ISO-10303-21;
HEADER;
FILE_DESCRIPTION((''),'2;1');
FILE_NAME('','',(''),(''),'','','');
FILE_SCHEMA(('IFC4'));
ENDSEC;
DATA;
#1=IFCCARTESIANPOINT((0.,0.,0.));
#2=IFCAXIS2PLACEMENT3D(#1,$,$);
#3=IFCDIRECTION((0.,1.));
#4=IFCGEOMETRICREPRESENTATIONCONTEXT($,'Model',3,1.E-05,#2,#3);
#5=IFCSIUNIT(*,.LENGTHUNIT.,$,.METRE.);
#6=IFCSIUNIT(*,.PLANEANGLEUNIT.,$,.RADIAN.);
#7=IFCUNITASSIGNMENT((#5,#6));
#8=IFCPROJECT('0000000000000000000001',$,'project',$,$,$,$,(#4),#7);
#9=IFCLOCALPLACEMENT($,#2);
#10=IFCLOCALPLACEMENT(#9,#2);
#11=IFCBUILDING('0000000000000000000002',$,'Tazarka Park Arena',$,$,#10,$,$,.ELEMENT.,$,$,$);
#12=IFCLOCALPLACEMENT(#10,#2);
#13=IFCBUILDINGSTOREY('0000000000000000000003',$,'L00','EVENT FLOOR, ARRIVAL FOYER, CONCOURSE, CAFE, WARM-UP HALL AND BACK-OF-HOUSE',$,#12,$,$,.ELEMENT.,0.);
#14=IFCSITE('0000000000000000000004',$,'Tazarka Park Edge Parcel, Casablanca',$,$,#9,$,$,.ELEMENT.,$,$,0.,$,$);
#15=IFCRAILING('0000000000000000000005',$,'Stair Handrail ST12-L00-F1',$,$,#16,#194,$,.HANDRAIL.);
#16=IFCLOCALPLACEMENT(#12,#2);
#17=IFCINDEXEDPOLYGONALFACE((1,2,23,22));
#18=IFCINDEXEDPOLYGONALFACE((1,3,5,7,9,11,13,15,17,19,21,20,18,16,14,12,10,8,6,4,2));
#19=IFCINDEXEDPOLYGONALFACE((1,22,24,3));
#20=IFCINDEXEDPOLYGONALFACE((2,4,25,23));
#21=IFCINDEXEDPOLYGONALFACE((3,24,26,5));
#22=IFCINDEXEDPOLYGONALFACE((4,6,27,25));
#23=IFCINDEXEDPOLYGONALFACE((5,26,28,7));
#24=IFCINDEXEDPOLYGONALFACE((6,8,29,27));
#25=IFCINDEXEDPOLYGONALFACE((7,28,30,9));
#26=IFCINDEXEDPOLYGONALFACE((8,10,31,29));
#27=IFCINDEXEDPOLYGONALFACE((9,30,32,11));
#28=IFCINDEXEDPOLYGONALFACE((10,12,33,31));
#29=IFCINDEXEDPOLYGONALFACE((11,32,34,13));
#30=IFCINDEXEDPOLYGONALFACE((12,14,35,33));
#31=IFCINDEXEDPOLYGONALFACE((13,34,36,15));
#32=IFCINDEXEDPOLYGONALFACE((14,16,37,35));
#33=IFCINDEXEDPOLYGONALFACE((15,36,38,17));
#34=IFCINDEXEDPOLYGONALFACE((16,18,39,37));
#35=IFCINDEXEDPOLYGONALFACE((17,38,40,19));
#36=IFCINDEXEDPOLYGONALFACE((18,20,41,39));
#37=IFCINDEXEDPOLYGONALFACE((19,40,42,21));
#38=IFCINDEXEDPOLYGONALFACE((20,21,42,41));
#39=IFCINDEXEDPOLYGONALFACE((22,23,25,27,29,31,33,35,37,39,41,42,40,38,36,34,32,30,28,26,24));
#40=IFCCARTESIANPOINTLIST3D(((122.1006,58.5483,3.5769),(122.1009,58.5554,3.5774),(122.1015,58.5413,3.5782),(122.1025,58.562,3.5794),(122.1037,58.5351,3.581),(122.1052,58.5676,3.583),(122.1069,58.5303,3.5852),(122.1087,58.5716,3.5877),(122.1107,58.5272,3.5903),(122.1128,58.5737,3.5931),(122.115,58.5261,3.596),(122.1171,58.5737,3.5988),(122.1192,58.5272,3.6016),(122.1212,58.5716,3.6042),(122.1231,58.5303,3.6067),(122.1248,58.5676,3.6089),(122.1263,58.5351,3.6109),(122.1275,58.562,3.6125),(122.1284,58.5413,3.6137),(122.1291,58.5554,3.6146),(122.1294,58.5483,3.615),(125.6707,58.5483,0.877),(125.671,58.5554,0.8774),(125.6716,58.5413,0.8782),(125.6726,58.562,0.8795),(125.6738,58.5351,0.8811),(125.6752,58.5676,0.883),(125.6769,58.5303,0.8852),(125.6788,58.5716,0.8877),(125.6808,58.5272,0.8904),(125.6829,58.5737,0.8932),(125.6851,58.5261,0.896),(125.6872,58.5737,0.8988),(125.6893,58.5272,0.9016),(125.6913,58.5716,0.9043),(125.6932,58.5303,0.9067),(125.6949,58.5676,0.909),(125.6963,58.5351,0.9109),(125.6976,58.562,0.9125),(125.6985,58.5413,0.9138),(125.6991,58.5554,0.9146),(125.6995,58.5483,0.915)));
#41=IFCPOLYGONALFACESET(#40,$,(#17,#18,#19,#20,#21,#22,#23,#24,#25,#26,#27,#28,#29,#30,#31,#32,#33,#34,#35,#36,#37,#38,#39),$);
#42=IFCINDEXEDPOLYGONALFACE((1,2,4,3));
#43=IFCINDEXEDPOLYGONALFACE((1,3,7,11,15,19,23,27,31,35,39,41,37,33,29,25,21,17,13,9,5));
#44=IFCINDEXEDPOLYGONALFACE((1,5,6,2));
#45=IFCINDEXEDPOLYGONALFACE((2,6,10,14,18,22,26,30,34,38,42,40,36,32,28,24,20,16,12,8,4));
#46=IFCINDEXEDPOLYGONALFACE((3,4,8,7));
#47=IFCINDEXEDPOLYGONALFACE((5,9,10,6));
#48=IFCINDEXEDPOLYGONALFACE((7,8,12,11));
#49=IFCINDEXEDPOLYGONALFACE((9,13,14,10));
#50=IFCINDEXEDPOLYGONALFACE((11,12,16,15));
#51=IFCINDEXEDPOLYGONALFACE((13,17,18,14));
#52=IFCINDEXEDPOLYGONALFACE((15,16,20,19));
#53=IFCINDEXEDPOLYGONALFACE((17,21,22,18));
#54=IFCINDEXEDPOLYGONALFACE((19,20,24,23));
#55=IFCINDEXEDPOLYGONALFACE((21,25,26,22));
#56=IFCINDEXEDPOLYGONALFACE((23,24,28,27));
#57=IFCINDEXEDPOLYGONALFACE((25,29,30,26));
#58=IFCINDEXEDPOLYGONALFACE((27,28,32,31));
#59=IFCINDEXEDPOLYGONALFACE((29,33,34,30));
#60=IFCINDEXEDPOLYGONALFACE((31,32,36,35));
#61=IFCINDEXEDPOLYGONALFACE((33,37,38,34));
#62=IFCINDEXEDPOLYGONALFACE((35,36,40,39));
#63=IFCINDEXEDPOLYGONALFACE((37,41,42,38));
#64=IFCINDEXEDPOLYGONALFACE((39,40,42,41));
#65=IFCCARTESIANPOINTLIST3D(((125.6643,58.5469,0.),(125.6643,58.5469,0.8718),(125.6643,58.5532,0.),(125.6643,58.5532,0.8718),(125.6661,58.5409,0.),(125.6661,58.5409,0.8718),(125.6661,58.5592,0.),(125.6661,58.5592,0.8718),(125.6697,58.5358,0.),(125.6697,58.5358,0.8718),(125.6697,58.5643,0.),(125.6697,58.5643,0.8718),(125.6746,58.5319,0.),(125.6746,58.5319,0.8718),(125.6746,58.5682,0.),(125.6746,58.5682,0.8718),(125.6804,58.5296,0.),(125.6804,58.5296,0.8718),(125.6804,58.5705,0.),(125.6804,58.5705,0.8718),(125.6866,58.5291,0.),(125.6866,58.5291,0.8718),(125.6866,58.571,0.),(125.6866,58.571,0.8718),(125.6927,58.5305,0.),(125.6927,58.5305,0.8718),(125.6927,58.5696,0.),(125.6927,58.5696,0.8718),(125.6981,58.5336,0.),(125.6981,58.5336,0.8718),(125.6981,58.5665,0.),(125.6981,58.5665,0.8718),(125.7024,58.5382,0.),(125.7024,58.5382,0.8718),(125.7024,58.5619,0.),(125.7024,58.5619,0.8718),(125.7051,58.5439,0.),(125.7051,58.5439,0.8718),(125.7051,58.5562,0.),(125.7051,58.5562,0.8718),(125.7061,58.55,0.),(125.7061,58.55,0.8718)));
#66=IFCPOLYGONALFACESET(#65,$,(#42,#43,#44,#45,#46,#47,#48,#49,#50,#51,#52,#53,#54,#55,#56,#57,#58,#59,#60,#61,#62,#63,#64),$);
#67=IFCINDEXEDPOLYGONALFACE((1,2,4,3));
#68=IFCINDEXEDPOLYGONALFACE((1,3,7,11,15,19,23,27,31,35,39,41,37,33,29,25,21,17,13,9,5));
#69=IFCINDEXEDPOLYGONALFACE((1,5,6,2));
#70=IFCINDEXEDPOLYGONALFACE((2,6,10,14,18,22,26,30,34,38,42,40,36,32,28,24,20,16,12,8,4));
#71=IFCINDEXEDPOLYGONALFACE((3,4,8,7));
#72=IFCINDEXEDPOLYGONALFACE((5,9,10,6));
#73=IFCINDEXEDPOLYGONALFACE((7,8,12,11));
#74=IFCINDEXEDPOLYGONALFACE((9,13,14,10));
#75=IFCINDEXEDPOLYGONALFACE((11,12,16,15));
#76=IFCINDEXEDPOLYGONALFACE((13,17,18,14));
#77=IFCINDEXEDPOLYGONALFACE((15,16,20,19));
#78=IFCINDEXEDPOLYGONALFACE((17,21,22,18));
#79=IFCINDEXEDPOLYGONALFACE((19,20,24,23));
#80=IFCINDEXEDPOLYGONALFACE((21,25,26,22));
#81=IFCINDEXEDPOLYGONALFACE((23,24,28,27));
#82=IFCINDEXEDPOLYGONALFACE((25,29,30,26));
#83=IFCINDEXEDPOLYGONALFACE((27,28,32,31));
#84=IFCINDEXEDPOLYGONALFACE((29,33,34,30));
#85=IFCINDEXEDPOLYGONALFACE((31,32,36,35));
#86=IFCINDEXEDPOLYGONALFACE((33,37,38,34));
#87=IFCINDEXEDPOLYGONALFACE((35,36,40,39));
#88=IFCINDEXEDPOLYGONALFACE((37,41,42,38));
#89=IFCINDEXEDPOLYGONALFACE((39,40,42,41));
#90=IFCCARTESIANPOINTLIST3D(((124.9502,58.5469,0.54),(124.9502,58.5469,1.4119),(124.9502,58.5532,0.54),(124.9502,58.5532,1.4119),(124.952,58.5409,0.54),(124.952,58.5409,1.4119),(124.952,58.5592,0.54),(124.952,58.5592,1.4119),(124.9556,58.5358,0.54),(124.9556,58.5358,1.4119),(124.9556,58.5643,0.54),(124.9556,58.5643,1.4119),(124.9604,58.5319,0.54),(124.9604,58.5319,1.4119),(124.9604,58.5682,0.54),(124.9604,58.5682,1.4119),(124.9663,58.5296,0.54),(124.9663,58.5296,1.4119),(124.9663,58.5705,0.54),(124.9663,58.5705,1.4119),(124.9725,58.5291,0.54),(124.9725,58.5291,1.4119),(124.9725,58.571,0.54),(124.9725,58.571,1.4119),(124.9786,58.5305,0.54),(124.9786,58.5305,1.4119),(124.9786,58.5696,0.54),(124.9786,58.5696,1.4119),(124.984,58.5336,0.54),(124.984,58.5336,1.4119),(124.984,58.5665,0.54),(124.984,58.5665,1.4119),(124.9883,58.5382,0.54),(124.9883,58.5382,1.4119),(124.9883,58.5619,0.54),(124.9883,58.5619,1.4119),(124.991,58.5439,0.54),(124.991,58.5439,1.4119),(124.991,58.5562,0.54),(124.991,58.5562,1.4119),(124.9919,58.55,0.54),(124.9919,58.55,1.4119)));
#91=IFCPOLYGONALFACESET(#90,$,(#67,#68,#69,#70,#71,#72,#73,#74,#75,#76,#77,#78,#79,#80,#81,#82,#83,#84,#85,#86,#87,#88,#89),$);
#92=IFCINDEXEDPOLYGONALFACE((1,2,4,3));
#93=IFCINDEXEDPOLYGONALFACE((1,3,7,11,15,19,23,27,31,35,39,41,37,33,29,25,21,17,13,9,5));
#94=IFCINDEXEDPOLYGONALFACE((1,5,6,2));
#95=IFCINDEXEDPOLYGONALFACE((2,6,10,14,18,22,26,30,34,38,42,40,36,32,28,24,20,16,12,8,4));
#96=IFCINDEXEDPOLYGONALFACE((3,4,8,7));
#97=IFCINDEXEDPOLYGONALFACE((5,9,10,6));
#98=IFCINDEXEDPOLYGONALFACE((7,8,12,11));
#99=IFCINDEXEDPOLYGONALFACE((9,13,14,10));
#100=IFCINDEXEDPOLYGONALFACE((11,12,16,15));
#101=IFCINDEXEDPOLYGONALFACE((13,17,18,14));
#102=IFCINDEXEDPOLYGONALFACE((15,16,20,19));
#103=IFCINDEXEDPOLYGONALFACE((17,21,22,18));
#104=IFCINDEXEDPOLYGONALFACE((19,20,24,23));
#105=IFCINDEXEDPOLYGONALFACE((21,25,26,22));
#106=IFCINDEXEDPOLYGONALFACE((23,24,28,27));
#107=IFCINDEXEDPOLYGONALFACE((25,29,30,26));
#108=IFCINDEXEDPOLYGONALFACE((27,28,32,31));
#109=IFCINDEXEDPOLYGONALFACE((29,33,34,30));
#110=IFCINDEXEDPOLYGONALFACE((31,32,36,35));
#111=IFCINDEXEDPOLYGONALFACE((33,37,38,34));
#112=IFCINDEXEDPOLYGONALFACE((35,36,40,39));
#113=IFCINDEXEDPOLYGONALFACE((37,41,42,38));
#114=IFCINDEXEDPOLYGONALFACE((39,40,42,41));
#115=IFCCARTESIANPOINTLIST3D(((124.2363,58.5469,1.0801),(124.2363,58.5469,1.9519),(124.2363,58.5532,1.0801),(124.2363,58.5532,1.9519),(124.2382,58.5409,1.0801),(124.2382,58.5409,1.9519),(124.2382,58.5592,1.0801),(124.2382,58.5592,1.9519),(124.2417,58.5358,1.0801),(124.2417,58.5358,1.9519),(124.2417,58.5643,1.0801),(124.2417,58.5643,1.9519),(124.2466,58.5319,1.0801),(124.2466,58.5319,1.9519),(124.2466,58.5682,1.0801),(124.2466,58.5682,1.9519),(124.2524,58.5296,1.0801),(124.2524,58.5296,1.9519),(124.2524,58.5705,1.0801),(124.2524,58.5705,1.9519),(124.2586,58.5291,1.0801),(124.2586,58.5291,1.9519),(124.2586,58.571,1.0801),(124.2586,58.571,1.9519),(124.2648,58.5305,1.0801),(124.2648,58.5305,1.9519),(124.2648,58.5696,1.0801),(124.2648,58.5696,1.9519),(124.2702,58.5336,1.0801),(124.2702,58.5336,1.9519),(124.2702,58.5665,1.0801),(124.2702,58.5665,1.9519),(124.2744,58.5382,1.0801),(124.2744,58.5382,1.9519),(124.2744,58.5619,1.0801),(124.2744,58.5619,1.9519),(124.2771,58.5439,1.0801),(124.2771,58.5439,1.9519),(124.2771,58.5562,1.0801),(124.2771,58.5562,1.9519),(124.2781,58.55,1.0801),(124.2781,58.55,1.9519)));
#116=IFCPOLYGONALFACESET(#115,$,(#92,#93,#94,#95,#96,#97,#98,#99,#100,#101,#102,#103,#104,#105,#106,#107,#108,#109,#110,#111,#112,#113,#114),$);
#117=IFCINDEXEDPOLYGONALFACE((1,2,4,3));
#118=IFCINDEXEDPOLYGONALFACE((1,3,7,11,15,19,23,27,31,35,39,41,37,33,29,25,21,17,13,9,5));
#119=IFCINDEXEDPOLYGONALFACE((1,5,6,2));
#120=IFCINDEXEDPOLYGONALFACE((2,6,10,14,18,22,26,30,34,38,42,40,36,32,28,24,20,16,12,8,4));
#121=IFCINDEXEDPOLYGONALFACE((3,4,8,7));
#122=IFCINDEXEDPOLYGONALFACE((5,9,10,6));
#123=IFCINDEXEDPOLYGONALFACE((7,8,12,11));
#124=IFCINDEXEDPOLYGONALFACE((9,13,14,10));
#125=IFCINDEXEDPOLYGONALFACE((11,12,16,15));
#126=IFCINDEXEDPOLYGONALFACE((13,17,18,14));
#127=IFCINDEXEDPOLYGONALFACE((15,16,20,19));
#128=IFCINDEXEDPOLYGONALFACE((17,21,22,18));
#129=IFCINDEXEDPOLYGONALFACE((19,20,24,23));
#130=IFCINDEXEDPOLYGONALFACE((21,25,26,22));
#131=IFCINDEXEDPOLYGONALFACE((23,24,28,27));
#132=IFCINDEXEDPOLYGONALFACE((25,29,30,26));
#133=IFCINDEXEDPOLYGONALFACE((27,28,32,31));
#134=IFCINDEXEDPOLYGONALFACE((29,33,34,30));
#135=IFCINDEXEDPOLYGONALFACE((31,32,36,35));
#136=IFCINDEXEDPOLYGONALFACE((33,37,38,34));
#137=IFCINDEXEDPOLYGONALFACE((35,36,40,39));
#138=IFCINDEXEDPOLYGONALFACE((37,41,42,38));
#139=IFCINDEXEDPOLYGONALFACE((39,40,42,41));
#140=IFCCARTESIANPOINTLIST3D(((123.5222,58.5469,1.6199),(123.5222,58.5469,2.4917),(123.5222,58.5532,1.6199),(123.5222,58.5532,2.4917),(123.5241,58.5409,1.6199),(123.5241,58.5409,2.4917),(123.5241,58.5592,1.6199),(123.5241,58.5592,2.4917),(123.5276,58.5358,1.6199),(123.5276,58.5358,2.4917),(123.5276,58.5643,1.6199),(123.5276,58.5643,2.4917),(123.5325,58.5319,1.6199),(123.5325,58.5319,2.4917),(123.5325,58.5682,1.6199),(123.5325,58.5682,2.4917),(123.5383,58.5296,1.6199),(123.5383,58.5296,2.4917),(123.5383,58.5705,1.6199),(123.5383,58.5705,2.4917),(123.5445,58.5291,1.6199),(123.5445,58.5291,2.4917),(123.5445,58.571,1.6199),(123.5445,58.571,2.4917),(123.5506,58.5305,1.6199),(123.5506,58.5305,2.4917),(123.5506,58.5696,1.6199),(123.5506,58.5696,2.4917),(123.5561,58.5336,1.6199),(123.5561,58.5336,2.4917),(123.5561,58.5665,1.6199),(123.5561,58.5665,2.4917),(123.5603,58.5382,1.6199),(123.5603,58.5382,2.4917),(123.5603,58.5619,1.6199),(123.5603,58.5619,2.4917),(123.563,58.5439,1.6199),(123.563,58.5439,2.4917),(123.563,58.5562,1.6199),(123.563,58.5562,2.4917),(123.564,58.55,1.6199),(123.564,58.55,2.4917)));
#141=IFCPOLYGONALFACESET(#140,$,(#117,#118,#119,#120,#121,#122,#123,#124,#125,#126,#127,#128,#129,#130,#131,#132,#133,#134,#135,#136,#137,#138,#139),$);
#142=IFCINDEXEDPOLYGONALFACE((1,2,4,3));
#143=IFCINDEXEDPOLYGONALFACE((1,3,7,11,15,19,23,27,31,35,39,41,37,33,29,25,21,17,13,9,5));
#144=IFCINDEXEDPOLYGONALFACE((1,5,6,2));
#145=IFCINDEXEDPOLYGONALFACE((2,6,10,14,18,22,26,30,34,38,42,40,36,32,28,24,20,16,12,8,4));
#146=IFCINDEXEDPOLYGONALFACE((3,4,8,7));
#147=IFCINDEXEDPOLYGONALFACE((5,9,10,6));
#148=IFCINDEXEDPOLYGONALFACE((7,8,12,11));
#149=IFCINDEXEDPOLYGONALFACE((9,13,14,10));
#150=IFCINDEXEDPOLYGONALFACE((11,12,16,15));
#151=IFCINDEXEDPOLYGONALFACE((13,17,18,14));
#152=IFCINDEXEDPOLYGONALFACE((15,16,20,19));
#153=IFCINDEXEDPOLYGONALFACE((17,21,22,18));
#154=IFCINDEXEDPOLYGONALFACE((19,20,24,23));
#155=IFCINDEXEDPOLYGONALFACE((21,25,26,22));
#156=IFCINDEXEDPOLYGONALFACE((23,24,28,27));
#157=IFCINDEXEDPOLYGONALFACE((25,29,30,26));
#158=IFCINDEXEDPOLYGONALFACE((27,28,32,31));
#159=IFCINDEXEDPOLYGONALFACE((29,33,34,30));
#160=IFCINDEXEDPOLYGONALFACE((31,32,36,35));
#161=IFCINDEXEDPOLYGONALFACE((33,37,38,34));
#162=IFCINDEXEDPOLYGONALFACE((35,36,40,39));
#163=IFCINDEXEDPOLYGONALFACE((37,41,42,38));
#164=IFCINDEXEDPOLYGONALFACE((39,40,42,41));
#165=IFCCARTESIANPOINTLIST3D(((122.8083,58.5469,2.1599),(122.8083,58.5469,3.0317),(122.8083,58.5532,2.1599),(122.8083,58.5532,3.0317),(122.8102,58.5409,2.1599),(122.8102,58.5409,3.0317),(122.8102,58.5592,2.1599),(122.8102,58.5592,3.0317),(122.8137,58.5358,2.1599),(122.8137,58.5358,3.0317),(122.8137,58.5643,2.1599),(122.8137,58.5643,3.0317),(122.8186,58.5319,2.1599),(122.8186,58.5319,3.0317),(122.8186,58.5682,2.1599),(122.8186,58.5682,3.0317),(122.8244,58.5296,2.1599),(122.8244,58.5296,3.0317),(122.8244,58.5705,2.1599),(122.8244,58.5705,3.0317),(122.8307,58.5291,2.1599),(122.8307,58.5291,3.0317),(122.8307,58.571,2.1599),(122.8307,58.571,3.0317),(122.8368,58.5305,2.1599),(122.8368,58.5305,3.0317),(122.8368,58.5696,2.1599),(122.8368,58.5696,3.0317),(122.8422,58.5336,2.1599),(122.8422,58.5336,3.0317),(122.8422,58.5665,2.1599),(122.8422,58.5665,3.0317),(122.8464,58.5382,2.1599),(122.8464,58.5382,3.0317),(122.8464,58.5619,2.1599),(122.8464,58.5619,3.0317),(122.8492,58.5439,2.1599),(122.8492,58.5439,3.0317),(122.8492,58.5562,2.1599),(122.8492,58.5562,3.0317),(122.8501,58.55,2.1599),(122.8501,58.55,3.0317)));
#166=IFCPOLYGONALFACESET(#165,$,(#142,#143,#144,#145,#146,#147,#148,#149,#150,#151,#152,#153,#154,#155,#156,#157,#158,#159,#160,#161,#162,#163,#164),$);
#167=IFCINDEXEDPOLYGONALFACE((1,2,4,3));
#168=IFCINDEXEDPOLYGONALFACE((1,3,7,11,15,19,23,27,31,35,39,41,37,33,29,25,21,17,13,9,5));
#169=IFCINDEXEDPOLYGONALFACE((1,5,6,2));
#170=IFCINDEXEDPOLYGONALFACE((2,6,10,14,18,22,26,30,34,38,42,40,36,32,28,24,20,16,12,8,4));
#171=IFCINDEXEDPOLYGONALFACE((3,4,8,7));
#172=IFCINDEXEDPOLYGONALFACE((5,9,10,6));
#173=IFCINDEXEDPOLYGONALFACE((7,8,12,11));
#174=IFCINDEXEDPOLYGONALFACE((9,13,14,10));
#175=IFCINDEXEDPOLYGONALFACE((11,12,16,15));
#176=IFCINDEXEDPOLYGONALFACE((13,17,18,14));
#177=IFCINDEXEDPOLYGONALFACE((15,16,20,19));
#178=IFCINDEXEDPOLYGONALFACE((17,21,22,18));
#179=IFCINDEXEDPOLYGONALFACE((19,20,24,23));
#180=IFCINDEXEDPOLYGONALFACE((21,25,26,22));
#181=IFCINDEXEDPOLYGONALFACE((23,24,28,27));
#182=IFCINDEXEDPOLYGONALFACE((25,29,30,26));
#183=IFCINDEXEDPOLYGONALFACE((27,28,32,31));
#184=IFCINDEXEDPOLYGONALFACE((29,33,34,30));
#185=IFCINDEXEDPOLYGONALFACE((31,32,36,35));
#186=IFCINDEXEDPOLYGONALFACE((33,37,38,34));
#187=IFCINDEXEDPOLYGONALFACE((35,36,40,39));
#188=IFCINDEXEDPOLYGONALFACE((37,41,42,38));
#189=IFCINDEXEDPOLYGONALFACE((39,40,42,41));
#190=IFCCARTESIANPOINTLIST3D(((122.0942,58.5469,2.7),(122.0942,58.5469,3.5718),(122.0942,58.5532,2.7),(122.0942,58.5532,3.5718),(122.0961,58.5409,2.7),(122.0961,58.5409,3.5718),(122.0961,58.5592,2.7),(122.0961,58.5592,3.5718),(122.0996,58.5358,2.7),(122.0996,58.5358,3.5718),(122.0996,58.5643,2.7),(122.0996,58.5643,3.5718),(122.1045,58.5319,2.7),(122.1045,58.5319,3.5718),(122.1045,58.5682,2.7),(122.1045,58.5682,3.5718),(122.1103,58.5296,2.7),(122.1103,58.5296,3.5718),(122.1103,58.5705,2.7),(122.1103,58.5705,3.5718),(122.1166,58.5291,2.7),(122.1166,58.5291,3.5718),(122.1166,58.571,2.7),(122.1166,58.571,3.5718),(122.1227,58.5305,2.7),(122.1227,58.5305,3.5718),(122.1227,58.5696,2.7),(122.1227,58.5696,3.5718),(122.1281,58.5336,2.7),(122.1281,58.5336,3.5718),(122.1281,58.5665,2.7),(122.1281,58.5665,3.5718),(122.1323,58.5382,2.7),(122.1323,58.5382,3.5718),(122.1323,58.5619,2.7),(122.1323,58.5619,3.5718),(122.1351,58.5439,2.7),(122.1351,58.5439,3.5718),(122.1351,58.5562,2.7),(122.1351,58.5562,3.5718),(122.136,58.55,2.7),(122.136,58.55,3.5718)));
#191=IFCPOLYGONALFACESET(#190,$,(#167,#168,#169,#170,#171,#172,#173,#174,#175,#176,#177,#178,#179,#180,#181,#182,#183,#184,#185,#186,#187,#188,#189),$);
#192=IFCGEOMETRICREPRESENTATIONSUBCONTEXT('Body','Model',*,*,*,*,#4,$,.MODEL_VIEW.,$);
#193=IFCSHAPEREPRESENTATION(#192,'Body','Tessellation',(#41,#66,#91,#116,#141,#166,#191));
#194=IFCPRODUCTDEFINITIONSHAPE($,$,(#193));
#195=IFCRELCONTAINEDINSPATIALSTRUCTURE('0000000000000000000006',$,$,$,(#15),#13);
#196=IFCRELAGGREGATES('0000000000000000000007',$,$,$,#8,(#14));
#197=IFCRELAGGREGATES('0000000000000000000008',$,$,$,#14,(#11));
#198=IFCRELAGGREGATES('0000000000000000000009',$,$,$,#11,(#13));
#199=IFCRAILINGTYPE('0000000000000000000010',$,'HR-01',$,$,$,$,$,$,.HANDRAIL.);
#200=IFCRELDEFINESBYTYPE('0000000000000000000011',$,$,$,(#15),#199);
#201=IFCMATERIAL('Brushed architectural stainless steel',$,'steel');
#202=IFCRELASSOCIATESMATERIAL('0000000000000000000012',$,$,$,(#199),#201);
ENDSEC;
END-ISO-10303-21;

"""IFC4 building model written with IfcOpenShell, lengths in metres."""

from ifc_helpers import new_model, si_unit, direction, frame, origin, origin_2d, place, context, subcontext, project, spatial, circle, extrude, material, type_object, element, save


model = new_model("IFC4")

# Units and contexts
model_context = context("Model", 3, precision=1e-05, world=origin(), true_north=direction((0.0, 1.0)))
body_context = subcontext(model_context, "Body", "Model", "MODEL_VIEW")
ifc_project = project(units=[si_unit("LENGTHUNIT", "METRE"), si_unit("PLANEANGLEUNIT", "RADIAN")], contexts=[model_context])

# Site, building, storey
site_placement = place(None, origin())
site = spatial("IfcSite", under=ifc_project, at=site_placement, Name="Tazarka Park Edge Parcel, Casablanca", CompositionType="ELEMENT", RefElevation=0.0)
building_placement = place(site_placement, origin())
building = spatial("IfcBuilding", under=site, at=building_placement, Name="Tazarka Park Arena", CompositionType="ELEMENT")
storey_placement = place(building_placement, origin())
storey = spatial("IfcBuildingStorey", under=building, at=storey_placement, Name="L00", Description="EVENT FLOOR, ARRIVAL FOYER, CONCOURSE, CAFE, WARM-UP HALL AND BACK-OF-HOUSE", CompositionType="ELEMENT", Elevation=0.0)

# Railing
ifc_material_1 = material(Name="Brushed architectural stainless steel", Category="steel")
railing_type = type_object("IfcRailingType", Name="HR-01", PredefinedType="HANDRAIL", material=ifc_material_1)
for number, where, name in (
    (1, (125.6851, 58.55, 0.0), "Stair Handrail ST12-L00-F1"),
):
    element("IfcRailing", number, at=place(storey_placement, frame(where)), inside=storey, type_object=railing_type, Name=name, PredefinedType="HANDRAIL", context=body_context, shape_type="SweptSolid", body=[
        extrude(circle(Radius=0.0239, at=origin_2d()), frame((0.0, 0.0, 0.896), z_axis=(-0.797591, 0.0, 0.603198), x_axis=(0.0, -1.0, 0.0)), (0.0, 0.0, 1.0), 4.4761),
        extrude(circle(Radius=0.021, at=origin_2d()), origin(), (0.0, 0.0, 1.0), 0.8718),
        extrude(circle(Radius=0.021, at=origin_2d()), frame((-0.7141, 0.0, 0.54)), (0.0, 0.0, 1.0), 0.8718),
        extrude(circle(Radius=0.021, at=origin_2d()), frame((-1.428, 0.0, 1.0801)), (0.0, 0.0, 1.0), 0.8718),
        extrude(circle(Radius=0.021, at=origin_2d()), frame((-2.1421, 0.0, 1.6199)), (0.0, 0.0, 1.0), 0.8718),
        extrude(circle(Radius=0.021, at=origin_2d()), frame((-2.856, 0.0, 2.1599)), (0.0, 0.0, 1.0), 0.8718),
        extrude(circle(Radius=0.021, at=origin_2d()), frame((-3.5701, 0.0, 2.7)), (0.0, 0.0, 1.0), 0.8718),
    ])

save(model, "model.ifc")
